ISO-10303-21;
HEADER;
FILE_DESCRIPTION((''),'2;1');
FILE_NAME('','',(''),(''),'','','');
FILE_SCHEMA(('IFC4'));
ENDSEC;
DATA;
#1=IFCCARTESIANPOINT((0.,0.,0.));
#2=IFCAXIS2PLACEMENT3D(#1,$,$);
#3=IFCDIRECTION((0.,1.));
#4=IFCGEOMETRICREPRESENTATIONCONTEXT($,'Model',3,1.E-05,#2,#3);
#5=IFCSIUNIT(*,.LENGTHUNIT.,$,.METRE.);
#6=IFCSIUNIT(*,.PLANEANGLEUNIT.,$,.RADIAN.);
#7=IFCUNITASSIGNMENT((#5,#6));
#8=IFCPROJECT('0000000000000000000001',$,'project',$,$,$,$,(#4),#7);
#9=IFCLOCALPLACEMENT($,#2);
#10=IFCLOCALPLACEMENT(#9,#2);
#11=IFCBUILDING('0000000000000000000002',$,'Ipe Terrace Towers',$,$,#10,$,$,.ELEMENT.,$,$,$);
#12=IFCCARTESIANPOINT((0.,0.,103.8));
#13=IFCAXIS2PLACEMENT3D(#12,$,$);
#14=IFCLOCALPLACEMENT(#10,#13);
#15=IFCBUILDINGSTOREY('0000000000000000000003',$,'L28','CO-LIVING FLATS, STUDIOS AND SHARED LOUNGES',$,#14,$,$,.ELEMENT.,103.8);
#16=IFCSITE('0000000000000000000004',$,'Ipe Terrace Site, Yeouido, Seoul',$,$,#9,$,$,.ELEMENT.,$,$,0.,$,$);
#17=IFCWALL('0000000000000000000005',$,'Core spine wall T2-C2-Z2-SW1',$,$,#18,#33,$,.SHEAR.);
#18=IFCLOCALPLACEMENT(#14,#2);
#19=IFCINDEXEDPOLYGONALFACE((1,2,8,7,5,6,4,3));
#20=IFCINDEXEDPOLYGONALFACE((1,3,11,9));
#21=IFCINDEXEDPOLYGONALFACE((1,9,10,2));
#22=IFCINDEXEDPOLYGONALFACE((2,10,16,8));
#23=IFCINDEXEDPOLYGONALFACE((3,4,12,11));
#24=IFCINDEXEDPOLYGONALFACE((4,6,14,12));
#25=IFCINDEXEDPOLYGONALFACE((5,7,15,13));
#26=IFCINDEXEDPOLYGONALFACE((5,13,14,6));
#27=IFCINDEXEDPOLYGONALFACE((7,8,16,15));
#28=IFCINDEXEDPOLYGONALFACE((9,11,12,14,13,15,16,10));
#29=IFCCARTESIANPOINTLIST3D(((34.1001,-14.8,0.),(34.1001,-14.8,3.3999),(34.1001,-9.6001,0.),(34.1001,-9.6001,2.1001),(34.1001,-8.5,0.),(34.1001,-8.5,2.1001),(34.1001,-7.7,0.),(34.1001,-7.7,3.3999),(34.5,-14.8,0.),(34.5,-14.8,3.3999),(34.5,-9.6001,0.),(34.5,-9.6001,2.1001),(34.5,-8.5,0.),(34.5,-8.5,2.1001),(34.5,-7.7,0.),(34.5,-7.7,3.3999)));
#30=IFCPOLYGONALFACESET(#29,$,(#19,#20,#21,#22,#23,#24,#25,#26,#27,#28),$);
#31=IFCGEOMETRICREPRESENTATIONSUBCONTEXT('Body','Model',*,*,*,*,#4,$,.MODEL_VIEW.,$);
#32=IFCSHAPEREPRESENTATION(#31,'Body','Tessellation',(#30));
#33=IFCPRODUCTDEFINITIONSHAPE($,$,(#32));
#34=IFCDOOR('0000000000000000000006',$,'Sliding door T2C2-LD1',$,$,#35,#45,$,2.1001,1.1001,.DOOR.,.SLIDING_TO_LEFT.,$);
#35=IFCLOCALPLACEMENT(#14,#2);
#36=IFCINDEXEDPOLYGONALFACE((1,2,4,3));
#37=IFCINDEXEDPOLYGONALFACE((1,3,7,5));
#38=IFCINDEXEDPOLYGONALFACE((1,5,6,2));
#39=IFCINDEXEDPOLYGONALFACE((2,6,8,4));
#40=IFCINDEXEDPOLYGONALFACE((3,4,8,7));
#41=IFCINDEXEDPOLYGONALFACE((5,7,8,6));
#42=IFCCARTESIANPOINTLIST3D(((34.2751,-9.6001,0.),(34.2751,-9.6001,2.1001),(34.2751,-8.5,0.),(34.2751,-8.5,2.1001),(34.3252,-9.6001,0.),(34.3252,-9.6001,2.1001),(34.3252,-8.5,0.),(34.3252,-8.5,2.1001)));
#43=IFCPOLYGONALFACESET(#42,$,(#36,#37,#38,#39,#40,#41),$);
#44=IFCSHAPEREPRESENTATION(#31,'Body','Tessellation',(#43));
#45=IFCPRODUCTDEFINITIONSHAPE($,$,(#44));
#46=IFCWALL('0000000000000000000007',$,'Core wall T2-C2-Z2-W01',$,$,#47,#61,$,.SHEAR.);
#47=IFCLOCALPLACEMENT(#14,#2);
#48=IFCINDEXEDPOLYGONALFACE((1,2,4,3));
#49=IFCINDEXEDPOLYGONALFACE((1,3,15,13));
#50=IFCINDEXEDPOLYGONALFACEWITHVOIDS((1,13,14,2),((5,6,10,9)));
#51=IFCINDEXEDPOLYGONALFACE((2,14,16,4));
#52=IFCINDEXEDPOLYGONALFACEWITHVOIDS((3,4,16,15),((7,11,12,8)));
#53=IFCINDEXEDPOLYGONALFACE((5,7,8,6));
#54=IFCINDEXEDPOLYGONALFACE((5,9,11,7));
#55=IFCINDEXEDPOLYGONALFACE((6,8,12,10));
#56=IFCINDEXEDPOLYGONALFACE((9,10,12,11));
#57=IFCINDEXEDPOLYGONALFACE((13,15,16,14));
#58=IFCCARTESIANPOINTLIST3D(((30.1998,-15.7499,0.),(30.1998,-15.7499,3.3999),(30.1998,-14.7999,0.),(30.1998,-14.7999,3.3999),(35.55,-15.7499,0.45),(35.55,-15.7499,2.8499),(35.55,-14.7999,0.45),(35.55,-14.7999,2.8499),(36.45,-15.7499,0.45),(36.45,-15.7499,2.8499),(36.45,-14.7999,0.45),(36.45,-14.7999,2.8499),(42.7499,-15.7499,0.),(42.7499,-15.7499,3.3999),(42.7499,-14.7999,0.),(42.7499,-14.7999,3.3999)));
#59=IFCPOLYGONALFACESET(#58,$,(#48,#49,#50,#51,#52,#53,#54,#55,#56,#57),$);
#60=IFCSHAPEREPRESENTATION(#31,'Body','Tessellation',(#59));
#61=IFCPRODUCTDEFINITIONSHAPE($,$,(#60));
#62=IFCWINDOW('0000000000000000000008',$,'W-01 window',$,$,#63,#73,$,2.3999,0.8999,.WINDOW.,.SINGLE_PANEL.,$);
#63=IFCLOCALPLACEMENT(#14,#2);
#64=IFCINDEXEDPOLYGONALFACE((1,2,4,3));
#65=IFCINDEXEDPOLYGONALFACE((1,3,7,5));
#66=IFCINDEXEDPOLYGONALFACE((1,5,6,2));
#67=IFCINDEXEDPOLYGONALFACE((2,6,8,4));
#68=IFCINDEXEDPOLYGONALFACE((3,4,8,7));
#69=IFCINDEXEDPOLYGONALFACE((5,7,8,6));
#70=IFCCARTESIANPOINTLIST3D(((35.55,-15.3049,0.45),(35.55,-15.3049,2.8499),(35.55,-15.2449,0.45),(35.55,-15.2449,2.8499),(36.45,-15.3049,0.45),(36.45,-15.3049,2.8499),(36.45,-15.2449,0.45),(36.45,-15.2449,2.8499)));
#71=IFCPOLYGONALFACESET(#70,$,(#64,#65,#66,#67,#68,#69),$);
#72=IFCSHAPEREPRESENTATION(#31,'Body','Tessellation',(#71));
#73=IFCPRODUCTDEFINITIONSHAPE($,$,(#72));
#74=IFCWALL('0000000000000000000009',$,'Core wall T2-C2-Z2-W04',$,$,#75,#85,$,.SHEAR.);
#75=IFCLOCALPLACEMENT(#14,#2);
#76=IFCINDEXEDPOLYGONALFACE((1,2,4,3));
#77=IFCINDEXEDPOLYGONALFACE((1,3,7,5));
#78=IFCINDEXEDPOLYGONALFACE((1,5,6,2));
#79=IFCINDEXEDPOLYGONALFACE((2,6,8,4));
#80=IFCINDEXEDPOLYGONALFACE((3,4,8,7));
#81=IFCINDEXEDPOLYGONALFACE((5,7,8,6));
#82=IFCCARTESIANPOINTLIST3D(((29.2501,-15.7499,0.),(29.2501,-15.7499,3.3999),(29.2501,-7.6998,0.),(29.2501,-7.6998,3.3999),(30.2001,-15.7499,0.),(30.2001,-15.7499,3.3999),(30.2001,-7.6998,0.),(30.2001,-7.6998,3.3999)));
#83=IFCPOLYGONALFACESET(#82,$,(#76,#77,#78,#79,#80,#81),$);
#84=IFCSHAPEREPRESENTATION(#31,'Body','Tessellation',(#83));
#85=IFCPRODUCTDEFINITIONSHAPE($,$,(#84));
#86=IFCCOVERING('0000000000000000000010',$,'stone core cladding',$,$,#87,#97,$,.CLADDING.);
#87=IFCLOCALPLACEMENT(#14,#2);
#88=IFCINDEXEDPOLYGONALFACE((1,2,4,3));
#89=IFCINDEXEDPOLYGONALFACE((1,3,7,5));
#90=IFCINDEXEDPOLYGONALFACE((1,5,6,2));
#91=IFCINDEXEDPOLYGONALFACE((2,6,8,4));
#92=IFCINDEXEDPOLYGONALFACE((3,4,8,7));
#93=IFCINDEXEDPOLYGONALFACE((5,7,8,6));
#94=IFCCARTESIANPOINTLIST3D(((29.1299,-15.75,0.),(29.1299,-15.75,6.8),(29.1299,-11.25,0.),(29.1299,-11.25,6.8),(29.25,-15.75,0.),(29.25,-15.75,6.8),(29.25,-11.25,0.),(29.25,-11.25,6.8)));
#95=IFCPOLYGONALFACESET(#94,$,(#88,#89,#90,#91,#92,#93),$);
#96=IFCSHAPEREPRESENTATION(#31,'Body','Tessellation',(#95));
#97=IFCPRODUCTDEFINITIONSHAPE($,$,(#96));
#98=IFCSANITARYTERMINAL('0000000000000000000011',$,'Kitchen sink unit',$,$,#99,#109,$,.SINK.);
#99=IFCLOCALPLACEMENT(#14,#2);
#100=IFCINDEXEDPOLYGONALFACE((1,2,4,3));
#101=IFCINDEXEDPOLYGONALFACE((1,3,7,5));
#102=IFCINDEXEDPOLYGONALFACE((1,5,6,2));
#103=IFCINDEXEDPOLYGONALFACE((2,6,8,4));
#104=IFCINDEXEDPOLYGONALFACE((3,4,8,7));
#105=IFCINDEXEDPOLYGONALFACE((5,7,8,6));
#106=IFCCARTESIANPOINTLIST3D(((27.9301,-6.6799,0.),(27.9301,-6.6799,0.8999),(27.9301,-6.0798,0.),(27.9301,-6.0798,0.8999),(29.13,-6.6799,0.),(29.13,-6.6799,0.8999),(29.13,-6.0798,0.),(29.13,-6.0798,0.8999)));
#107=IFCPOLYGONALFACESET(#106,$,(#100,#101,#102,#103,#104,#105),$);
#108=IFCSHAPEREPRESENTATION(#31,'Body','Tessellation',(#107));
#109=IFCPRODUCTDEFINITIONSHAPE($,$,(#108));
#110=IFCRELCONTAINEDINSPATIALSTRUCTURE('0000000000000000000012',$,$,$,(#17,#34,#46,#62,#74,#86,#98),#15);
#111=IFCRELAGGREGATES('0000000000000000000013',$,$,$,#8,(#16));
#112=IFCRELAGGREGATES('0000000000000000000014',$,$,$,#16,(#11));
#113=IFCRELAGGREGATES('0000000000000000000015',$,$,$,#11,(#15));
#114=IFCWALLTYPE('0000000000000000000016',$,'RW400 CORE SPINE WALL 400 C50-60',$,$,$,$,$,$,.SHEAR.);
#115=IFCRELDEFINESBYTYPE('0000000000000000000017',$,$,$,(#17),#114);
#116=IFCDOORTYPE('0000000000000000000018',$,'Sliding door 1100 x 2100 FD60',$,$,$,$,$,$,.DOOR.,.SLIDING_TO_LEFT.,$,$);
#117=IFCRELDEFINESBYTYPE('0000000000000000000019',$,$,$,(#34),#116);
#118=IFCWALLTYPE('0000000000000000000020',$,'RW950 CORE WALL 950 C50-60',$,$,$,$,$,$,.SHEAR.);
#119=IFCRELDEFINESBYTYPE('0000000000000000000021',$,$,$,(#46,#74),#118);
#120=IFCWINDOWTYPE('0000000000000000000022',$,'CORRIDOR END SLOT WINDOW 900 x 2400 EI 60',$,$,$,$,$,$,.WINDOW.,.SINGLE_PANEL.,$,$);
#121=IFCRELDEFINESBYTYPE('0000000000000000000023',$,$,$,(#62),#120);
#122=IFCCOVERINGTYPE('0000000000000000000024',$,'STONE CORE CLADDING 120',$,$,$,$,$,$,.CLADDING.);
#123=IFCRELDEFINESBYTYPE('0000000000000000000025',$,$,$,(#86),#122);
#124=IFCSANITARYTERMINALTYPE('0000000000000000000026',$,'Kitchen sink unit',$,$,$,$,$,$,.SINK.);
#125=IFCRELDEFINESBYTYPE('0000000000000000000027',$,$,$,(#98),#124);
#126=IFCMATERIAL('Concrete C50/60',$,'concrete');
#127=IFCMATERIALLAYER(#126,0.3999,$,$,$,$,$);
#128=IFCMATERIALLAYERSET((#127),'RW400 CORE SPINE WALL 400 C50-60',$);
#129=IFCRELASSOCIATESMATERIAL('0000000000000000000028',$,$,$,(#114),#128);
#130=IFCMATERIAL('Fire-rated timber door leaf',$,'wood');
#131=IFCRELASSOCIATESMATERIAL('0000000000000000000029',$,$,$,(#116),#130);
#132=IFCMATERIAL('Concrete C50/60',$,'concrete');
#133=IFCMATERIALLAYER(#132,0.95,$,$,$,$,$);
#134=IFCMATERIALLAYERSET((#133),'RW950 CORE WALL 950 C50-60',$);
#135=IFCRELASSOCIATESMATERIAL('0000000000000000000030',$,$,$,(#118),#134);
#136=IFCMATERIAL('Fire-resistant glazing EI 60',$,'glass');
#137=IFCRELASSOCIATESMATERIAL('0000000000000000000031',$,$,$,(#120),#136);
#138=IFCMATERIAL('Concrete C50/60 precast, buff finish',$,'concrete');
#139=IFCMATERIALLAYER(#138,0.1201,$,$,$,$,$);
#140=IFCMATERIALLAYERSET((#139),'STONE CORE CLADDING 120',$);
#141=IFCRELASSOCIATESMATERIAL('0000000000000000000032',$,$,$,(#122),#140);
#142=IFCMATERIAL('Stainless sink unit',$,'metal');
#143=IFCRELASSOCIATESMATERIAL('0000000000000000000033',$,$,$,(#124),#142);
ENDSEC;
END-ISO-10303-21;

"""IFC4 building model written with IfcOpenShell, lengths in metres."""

from ifc_helpers import new_model, si_unit, direction, frame, frame_2d, origin, origin_2d, place, context, subcontext, project, spatial, rectangle, extrude, material, layer, layer_set, type_object, element, fill, save


model = new_model("IFC4")

# Units and contexts
model_context = context("Model", 3, precision=1e-05, world=origin(), true_north=direction((0.0, 1.0)))
body_context = subcontext(model_context, "Body", "Model", "MODEL_VIEW")
ifc_project = project(units=[si_unit("LENGTHUNIT", "METRE"), si_unit("PLANEANGLEUNIT", "RADIAN")], contexts=[model_context])

# Site, building, storey
site_placement = place(None, origin())
site = spatial("IfcSite", under=ifc_project, at=site_placement, Name="Ipe Terrace Site, Yeouido, Seoul", CompositionType="ELEMENT", RefElevation=0.0)
building_placement = place(site_placement, origin())
building = spatial("IfcBuilding", under=site, at=building_placement, Name="Ipe Terrace Towers", CompositionType="ELEMENT")
storey_placement = place(building_placement, frame((0.0, 0.0, 103.8)))
storey = spatial("IfcBuildingStorey", under=building, at=storey_placement, Name="L28", Description="CO-LIVING FLATS, STUDIOS AND SHARED LOUNGES", CompositionType="ELEMENT", Elevation=103.8)

# Wall, opening, door
ifc_material_1 = material(Name="Concrete C50/60", Category="concrete")
ifc_layer_1 = layer(ifc_material_1, 0.3999)
ifc_layer_set_1 = layer_set([ifc_layer_1], Name="RW400 CORE SPINE WALL 400 C50-60")
wall_type_1 = type_object("IfcWallType", Name="RW400 CORE SPINE WALL 400 C50-60", PredefinedType="SHEAR", material=ifc_layer_set_1)
wall_1_placement = place(storey_placement, frame((34.3, -14.8, 0.0), z_axis=(0.0, 0.0, 1.0), x_axis=(0.0, 1.0, 0.0)))
wall_1 = element("IfcWall", 1, at=wall_1_placement, inside=storey, type_object=wall_type_1, Name="Core spine wall T2-C2-Z2-SW1", PredefinedType="SHEAR", context=body_context, shape_type="SweptSolid", body=[
    extrude(rectangle(XDim=7.1001, YDim=0.3999, at=frame_2d((3.55, 0.0))), origin(), (0.0, 0.0, 1.0), 3.3999),
])
opening_1_placement = place(wall_1_placement, frame((5.2, 0.0, 0.0)))
opening_1 = element("IfcOpeningElement", 2, at=opening_1_placement, cuts=wall_1, PredefinedType="OPENING", context=body_context, shape_type="SweptSolid", body=[
    extrude(rectangle(XDim=1.1001, YDim=2.1001, at=frame_2d((0.55, 1.05))), frame((0.0, 0.21, 0.0), z_axis=(0.0, -1.0, 0.0), x_axis=(1.0, 0.0, 0.0)), (0.0, 0.0, 1.0), 0.4199),
])
ifc_material_2 = material(Name="Fire-rated timber door leaf", Category="wood")
door_type_1 = type_object("IfcDoorType", Name="Sliding door 1100 x 2100 FD60", OperationType="SLIDING_TO_LEFT", PredefinedType="DOOR", material=ifc_material_2)
door_1_placement = place(opening_1_placement, origin())
door_1 = element("IfcDoor", 3, at=door_1_placement, inside=storey, type_object=door_type_1, Name="Sliding door T2C2-LD1", OperationType="SLIDING_TO_LEFT", OverallHeight=2.1001, OverallWidth=1.1001, PredefinedType="DOOR", context=body_context, shape_type="SweptSolid", body=[
    extrude(rectangle(XDim=1.1001, YDim=2.1001, at=frame_2d((0.55, 1.05))), frame((0.0, 0.0249, 0.0), z_axis=(0.0, -1.0, 0.0), x_axis=(1.0, 0.0, 0.0)), (0.0, 0.0, 1.0), 0.05),
])
fill(opening_1, door_1)

# Wall, opening, window
ifc_material_3 = material(Name="Concrete C50/60", Category="concrete")
ifc_layer_2 = layer(ifc_material_3, 0.95)
ifc_layer_set_2 = layer_set([ifc_layer_2], Name="RW950 CORE WALL 950 C50-60")
wall_type_2 = type_object("IfcWallType", Name="RW950 CORE WALL 950 C50-60", PredefinedType="SHEAR", material=ifc_layer_set_2)
wall_2_placement = place(storey_placement, frame((30.2, -15.2749, 0.0), z_axis=(0.0, 0.0, 1.0), x_axis=(1.0, 0.0, 0.0)))
wall_2 = element("IfcWall", 4, at=wall_2_placement, inside=storey, type_object=wall_type_2, Name="Core wall T2-C2-Z2-W01", PredefinedType="SHEAR", context=body_context, shape_type="SweptSolid", body=[
    extrude(rectangle(XDim=12.55, YDim=0.95, at=frame_2d((6.2749, 0.0))), origin(), (0.0, 0.0, 1.0), 3.3999),
])
opening_2_placement = place(wall_2_placement, frame((5.3501, 0.0, 0.45)))
opening_2 = element("IfcOpeningElement", 5, at=opening_2_placement, cuts=wall_2, PredefinedType="OPENING", context=body_context, shape_type="SweptSolid", body=[
    extrude(rectangle(XDim=0.8999, YDim=2.3999, at=frame_2d((0.45, 1.2))), frame((0.0, 0.4849, 0.0), z_axis=(0.0, -1.0, 0.0), x_axis=(1.0, 0.0, 0.0)), (0.0, 0.0, 1.0), 0.97),
])
ifc_material_4 = material(Name="Fire-resistant glazing EI 60", Category="glass")
window_type = type_object("IfcWindowType", Name="CORRIDOR END SLOT WINDOW 900 x 2400 EI 60", PartitioningType="SINGLE_PANEL", PredefinedType="WINDOW", material=ifc_material_4)
window_placement = place(opening_2_placement, origin())
window = element("IfcWindow", 6, at=window_placement, inside=storey, type_object=window_type, Name="W-01 window", OverallHeight=2.3999, OverallWidth=0.8999, PartitioningType="SINGLE_PANEL", PredefinedType="WINDOW", context=body_context, shape_type="SweptSolid", body=[
    extrude(rectangle(XDim=0.8999, YDim=2.3999, at=frame_2d((0.45, 1.2))), frame((0.0, 0.03, 0.0), z_axis=(0.0, -1.0, 0.0), x_axis=(1.0, 0.0, 0.0)), (0.0, 0.0, 1.0), 0.0601),
])
fill(opening_2, window)

# Wall
wall_3_placement = place(storey_placement, frame((29.7251, -7.7, 0.0), z_axis=(0.0, 0.0, 1.0), x_axis=(0.0, -1.0, 0.0)))
element("IfcWall", 7, at=wall_3_placement, inside=storey, type_object=wall_type_2, Name="Core wall T2-C2-Z2-W04", PredefinedType="SHEAR", context=body_context, shape_type="SweptSolid", body=[
    extrude(rectangle(XDim=8.05, YDim=0.95, at=frame_2d((4.0249, 0.0))), origin(), (0.0, 0.0, 1.0), 3.3999),
])

# Covering
ifc_material_5 = material(Name="Concrete C50/60 precast, buff finish", Category="concrete")
ifc_layer_3 = layer(ifc_material_5, 0.1201)
ifc_layer_set_3 = layer_set([ifc_layer_3], Name="STONE CORE CLADDING 120")
covering_type = type_object("IfcCoveringType", Name="STONE CORE CLADDING 120", PredefinedType="CLADDING", material=ifc_layer_set_3)
covering_placement = place(storey_placement, frame((29.1899, -13.5, 0.0), z_axis=(0.0, 0.0, 1.0), x_axis=(0.0, -1.0, 0.0)))
element("IfcCovering", 8, at=covering_placement, inside=storey, type_object=covering_type, Name="stone core cladding", PredefinedType="CLADDING", context=body_context, shape_type="SweptSolid", body=[
    extrude(rectangle(XDim=4.5, YDim=0.1201, at=origin_2d()), origin(), (0.0, 0.0, 1.0), 6.8),
])

# Sanitary terminal
ifc_material_6 = material(Name="Stainless sink unit", Category="metal")
sanitary_terminal_type = type_object("IfcSanitaryTerminalType", Name="Kitchen sink unit", PredefinedType="SINK", material=ifc_material_6)
sanitary_terminal_placement = place(storey_placement, frame((28.53, -6.3799, 0.0), z_axis=(0.0, 0.0, 1.0), x_axis=(-1.0, 0.0, 0.0)))
element("IfcSanitaryTerminal", 9, at=sanitary_terminal_placement, inside=storey, type_object=sanitary_terminal_type, Name="Kitchen sink unit", PredefinedType="SINK", context=body_context, shape_type="SweptSolid", body=[
    extrude(rectangle(XDim=1.2, YDim=0.6001, at=origin_2d()), origin(), (0.0, 0.0, 1.0), 0.8999),
])

save(model, "model.ifc")
